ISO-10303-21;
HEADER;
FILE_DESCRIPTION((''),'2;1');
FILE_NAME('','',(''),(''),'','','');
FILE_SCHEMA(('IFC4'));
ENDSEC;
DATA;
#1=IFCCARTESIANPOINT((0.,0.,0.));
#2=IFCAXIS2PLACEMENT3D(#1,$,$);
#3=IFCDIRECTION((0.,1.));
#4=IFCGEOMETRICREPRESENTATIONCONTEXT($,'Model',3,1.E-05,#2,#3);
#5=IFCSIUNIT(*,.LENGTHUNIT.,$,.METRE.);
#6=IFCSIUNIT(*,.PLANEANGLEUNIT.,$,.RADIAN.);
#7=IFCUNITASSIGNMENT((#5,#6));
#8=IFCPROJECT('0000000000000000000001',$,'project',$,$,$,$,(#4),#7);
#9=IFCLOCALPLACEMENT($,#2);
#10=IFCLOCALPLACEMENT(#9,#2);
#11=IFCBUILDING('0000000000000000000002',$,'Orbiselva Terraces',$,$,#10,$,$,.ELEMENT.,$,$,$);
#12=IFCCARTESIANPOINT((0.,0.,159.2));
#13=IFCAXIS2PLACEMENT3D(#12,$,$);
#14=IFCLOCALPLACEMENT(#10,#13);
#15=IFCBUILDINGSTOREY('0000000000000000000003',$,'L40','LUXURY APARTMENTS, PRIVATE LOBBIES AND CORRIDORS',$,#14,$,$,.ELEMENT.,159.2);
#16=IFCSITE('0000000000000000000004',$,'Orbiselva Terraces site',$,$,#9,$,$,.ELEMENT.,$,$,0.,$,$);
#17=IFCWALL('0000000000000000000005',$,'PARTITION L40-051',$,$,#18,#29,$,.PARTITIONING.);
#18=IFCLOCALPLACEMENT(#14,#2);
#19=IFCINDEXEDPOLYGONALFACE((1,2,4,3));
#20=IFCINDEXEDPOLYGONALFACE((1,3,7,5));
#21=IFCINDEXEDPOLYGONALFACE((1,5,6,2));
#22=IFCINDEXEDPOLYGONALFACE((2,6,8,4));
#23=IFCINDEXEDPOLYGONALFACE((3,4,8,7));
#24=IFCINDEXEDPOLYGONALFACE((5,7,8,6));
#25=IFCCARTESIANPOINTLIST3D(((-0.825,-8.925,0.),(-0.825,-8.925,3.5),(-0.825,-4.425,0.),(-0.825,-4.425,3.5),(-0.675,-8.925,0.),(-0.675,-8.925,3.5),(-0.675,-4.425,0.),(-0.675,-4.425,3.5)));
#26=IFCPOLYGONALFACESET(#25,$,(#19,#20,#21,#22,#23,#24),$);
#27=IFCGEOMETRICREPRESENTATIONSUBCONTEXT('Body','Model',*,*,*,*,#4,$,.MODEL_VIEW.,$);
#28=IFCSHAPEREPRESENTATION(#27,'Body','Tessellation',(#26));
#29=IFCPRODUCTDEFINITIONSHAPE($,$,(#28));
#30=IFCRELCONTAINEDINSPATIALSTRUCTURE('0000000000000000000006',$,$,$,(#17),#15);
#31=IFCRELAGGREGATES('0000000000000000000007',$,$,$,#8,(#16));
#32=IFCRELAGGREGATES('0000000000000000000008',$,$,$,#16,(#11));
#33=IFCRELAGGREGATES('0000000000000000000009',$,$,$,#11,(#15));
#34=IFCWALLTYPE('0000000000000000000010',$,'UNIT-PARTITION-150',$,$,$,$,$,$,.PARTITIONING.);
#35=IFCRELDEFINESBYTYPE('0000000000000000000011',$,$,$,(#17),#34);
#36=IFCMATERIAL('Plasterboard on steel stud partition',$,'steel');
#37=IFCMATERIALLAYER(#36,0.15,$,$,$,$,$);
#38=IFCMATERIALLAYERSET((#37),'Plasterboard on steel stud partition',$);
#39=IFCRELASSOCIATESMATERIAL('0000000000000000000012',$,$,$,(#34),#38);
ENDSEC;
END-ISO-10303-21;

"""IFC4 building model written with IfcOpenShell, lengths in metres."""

from ifc_helpers import new_model, si_unit, direction, frame, frame_2d, origin, place, context, subcontext, project, spatial, rectangle, extrude, material, layer, layer_set, type_object, element, save


model = new_model("IFC4")

# Units and contexts
model_context = context("Model", 3, precision=1e-05, world=origin(), true_north=direction((0.0, 1.0)))
body_context = subcontext(model_context, "Body", "Model", "MODEL_VIEW")
ifc_project = project(units=[si_unit("LENGTHUNIT", "METRE"), si_unit("PLANEANGLEUNIT", "RADIAN")], contexts=[model_context])

# Site, building, storey
site_placement = place(None, origin())
site = spatial("IfcSite", under=ifc_project, at=site_placement, Name="Orbiselva Terraces site", CompositionType="ELEMENT", RefElevation=0.0)
building_placement = place(site_placement, origin())
building = spatial("IfcBuilding", under=site, at=building_placement, Name="Orbiselva Terraces", CompositionType="ELEMENT")
storey_placement = place(building_placement, frame((0.0, 0.0, 159.2)))
storey = spatial("IfcBuildingStorey", under=building, at=storey_placement, Name="L40", Description="LUXURY APARTMENTS, PRIVATE LOBBIES AND CORRIDORS", CompositionType="ELEMENT", Elevation=159.2)

# Shared definitions
ifc_material_1 = material(Name="Plasterboard on steel stud partition", Category="steel")
ifc_layer_1 = layer(ifc_material_1, 0.15)
ifc_layer_set_1 = layer_set([ifc_layer_1], Name="Plasterboard on steel stud partition")
wall_type_1 = type_object("IfcWallType", Name="UNIT-PARTITION-150", PredefinedType="PARTITIONING", material=ifc_layer_set_1)

# Wall
wall_1_placement = place(storey_placement, frame((-0.75, -8.925, 0.0), z_axis=(0.0, 0.0, 1.0), x_axis=(0.0, 1.0, 0.0)))
element("IfcWall", 1, at=wall_1_placement, inside=storey, type_object=wall_type_1, Name="PARTITION L40-051", PredefinedType="PARTITIONING", context=body_context, shape_type="SweptSolid", body=[
    extrude(rectangle(XDim=4.5, YDim=0.15, at=frame_2d((2.25, 0.0))), origin(), (0.0, 0.0, 1.0), 3.5),
])

save(model, "model.ifc")
